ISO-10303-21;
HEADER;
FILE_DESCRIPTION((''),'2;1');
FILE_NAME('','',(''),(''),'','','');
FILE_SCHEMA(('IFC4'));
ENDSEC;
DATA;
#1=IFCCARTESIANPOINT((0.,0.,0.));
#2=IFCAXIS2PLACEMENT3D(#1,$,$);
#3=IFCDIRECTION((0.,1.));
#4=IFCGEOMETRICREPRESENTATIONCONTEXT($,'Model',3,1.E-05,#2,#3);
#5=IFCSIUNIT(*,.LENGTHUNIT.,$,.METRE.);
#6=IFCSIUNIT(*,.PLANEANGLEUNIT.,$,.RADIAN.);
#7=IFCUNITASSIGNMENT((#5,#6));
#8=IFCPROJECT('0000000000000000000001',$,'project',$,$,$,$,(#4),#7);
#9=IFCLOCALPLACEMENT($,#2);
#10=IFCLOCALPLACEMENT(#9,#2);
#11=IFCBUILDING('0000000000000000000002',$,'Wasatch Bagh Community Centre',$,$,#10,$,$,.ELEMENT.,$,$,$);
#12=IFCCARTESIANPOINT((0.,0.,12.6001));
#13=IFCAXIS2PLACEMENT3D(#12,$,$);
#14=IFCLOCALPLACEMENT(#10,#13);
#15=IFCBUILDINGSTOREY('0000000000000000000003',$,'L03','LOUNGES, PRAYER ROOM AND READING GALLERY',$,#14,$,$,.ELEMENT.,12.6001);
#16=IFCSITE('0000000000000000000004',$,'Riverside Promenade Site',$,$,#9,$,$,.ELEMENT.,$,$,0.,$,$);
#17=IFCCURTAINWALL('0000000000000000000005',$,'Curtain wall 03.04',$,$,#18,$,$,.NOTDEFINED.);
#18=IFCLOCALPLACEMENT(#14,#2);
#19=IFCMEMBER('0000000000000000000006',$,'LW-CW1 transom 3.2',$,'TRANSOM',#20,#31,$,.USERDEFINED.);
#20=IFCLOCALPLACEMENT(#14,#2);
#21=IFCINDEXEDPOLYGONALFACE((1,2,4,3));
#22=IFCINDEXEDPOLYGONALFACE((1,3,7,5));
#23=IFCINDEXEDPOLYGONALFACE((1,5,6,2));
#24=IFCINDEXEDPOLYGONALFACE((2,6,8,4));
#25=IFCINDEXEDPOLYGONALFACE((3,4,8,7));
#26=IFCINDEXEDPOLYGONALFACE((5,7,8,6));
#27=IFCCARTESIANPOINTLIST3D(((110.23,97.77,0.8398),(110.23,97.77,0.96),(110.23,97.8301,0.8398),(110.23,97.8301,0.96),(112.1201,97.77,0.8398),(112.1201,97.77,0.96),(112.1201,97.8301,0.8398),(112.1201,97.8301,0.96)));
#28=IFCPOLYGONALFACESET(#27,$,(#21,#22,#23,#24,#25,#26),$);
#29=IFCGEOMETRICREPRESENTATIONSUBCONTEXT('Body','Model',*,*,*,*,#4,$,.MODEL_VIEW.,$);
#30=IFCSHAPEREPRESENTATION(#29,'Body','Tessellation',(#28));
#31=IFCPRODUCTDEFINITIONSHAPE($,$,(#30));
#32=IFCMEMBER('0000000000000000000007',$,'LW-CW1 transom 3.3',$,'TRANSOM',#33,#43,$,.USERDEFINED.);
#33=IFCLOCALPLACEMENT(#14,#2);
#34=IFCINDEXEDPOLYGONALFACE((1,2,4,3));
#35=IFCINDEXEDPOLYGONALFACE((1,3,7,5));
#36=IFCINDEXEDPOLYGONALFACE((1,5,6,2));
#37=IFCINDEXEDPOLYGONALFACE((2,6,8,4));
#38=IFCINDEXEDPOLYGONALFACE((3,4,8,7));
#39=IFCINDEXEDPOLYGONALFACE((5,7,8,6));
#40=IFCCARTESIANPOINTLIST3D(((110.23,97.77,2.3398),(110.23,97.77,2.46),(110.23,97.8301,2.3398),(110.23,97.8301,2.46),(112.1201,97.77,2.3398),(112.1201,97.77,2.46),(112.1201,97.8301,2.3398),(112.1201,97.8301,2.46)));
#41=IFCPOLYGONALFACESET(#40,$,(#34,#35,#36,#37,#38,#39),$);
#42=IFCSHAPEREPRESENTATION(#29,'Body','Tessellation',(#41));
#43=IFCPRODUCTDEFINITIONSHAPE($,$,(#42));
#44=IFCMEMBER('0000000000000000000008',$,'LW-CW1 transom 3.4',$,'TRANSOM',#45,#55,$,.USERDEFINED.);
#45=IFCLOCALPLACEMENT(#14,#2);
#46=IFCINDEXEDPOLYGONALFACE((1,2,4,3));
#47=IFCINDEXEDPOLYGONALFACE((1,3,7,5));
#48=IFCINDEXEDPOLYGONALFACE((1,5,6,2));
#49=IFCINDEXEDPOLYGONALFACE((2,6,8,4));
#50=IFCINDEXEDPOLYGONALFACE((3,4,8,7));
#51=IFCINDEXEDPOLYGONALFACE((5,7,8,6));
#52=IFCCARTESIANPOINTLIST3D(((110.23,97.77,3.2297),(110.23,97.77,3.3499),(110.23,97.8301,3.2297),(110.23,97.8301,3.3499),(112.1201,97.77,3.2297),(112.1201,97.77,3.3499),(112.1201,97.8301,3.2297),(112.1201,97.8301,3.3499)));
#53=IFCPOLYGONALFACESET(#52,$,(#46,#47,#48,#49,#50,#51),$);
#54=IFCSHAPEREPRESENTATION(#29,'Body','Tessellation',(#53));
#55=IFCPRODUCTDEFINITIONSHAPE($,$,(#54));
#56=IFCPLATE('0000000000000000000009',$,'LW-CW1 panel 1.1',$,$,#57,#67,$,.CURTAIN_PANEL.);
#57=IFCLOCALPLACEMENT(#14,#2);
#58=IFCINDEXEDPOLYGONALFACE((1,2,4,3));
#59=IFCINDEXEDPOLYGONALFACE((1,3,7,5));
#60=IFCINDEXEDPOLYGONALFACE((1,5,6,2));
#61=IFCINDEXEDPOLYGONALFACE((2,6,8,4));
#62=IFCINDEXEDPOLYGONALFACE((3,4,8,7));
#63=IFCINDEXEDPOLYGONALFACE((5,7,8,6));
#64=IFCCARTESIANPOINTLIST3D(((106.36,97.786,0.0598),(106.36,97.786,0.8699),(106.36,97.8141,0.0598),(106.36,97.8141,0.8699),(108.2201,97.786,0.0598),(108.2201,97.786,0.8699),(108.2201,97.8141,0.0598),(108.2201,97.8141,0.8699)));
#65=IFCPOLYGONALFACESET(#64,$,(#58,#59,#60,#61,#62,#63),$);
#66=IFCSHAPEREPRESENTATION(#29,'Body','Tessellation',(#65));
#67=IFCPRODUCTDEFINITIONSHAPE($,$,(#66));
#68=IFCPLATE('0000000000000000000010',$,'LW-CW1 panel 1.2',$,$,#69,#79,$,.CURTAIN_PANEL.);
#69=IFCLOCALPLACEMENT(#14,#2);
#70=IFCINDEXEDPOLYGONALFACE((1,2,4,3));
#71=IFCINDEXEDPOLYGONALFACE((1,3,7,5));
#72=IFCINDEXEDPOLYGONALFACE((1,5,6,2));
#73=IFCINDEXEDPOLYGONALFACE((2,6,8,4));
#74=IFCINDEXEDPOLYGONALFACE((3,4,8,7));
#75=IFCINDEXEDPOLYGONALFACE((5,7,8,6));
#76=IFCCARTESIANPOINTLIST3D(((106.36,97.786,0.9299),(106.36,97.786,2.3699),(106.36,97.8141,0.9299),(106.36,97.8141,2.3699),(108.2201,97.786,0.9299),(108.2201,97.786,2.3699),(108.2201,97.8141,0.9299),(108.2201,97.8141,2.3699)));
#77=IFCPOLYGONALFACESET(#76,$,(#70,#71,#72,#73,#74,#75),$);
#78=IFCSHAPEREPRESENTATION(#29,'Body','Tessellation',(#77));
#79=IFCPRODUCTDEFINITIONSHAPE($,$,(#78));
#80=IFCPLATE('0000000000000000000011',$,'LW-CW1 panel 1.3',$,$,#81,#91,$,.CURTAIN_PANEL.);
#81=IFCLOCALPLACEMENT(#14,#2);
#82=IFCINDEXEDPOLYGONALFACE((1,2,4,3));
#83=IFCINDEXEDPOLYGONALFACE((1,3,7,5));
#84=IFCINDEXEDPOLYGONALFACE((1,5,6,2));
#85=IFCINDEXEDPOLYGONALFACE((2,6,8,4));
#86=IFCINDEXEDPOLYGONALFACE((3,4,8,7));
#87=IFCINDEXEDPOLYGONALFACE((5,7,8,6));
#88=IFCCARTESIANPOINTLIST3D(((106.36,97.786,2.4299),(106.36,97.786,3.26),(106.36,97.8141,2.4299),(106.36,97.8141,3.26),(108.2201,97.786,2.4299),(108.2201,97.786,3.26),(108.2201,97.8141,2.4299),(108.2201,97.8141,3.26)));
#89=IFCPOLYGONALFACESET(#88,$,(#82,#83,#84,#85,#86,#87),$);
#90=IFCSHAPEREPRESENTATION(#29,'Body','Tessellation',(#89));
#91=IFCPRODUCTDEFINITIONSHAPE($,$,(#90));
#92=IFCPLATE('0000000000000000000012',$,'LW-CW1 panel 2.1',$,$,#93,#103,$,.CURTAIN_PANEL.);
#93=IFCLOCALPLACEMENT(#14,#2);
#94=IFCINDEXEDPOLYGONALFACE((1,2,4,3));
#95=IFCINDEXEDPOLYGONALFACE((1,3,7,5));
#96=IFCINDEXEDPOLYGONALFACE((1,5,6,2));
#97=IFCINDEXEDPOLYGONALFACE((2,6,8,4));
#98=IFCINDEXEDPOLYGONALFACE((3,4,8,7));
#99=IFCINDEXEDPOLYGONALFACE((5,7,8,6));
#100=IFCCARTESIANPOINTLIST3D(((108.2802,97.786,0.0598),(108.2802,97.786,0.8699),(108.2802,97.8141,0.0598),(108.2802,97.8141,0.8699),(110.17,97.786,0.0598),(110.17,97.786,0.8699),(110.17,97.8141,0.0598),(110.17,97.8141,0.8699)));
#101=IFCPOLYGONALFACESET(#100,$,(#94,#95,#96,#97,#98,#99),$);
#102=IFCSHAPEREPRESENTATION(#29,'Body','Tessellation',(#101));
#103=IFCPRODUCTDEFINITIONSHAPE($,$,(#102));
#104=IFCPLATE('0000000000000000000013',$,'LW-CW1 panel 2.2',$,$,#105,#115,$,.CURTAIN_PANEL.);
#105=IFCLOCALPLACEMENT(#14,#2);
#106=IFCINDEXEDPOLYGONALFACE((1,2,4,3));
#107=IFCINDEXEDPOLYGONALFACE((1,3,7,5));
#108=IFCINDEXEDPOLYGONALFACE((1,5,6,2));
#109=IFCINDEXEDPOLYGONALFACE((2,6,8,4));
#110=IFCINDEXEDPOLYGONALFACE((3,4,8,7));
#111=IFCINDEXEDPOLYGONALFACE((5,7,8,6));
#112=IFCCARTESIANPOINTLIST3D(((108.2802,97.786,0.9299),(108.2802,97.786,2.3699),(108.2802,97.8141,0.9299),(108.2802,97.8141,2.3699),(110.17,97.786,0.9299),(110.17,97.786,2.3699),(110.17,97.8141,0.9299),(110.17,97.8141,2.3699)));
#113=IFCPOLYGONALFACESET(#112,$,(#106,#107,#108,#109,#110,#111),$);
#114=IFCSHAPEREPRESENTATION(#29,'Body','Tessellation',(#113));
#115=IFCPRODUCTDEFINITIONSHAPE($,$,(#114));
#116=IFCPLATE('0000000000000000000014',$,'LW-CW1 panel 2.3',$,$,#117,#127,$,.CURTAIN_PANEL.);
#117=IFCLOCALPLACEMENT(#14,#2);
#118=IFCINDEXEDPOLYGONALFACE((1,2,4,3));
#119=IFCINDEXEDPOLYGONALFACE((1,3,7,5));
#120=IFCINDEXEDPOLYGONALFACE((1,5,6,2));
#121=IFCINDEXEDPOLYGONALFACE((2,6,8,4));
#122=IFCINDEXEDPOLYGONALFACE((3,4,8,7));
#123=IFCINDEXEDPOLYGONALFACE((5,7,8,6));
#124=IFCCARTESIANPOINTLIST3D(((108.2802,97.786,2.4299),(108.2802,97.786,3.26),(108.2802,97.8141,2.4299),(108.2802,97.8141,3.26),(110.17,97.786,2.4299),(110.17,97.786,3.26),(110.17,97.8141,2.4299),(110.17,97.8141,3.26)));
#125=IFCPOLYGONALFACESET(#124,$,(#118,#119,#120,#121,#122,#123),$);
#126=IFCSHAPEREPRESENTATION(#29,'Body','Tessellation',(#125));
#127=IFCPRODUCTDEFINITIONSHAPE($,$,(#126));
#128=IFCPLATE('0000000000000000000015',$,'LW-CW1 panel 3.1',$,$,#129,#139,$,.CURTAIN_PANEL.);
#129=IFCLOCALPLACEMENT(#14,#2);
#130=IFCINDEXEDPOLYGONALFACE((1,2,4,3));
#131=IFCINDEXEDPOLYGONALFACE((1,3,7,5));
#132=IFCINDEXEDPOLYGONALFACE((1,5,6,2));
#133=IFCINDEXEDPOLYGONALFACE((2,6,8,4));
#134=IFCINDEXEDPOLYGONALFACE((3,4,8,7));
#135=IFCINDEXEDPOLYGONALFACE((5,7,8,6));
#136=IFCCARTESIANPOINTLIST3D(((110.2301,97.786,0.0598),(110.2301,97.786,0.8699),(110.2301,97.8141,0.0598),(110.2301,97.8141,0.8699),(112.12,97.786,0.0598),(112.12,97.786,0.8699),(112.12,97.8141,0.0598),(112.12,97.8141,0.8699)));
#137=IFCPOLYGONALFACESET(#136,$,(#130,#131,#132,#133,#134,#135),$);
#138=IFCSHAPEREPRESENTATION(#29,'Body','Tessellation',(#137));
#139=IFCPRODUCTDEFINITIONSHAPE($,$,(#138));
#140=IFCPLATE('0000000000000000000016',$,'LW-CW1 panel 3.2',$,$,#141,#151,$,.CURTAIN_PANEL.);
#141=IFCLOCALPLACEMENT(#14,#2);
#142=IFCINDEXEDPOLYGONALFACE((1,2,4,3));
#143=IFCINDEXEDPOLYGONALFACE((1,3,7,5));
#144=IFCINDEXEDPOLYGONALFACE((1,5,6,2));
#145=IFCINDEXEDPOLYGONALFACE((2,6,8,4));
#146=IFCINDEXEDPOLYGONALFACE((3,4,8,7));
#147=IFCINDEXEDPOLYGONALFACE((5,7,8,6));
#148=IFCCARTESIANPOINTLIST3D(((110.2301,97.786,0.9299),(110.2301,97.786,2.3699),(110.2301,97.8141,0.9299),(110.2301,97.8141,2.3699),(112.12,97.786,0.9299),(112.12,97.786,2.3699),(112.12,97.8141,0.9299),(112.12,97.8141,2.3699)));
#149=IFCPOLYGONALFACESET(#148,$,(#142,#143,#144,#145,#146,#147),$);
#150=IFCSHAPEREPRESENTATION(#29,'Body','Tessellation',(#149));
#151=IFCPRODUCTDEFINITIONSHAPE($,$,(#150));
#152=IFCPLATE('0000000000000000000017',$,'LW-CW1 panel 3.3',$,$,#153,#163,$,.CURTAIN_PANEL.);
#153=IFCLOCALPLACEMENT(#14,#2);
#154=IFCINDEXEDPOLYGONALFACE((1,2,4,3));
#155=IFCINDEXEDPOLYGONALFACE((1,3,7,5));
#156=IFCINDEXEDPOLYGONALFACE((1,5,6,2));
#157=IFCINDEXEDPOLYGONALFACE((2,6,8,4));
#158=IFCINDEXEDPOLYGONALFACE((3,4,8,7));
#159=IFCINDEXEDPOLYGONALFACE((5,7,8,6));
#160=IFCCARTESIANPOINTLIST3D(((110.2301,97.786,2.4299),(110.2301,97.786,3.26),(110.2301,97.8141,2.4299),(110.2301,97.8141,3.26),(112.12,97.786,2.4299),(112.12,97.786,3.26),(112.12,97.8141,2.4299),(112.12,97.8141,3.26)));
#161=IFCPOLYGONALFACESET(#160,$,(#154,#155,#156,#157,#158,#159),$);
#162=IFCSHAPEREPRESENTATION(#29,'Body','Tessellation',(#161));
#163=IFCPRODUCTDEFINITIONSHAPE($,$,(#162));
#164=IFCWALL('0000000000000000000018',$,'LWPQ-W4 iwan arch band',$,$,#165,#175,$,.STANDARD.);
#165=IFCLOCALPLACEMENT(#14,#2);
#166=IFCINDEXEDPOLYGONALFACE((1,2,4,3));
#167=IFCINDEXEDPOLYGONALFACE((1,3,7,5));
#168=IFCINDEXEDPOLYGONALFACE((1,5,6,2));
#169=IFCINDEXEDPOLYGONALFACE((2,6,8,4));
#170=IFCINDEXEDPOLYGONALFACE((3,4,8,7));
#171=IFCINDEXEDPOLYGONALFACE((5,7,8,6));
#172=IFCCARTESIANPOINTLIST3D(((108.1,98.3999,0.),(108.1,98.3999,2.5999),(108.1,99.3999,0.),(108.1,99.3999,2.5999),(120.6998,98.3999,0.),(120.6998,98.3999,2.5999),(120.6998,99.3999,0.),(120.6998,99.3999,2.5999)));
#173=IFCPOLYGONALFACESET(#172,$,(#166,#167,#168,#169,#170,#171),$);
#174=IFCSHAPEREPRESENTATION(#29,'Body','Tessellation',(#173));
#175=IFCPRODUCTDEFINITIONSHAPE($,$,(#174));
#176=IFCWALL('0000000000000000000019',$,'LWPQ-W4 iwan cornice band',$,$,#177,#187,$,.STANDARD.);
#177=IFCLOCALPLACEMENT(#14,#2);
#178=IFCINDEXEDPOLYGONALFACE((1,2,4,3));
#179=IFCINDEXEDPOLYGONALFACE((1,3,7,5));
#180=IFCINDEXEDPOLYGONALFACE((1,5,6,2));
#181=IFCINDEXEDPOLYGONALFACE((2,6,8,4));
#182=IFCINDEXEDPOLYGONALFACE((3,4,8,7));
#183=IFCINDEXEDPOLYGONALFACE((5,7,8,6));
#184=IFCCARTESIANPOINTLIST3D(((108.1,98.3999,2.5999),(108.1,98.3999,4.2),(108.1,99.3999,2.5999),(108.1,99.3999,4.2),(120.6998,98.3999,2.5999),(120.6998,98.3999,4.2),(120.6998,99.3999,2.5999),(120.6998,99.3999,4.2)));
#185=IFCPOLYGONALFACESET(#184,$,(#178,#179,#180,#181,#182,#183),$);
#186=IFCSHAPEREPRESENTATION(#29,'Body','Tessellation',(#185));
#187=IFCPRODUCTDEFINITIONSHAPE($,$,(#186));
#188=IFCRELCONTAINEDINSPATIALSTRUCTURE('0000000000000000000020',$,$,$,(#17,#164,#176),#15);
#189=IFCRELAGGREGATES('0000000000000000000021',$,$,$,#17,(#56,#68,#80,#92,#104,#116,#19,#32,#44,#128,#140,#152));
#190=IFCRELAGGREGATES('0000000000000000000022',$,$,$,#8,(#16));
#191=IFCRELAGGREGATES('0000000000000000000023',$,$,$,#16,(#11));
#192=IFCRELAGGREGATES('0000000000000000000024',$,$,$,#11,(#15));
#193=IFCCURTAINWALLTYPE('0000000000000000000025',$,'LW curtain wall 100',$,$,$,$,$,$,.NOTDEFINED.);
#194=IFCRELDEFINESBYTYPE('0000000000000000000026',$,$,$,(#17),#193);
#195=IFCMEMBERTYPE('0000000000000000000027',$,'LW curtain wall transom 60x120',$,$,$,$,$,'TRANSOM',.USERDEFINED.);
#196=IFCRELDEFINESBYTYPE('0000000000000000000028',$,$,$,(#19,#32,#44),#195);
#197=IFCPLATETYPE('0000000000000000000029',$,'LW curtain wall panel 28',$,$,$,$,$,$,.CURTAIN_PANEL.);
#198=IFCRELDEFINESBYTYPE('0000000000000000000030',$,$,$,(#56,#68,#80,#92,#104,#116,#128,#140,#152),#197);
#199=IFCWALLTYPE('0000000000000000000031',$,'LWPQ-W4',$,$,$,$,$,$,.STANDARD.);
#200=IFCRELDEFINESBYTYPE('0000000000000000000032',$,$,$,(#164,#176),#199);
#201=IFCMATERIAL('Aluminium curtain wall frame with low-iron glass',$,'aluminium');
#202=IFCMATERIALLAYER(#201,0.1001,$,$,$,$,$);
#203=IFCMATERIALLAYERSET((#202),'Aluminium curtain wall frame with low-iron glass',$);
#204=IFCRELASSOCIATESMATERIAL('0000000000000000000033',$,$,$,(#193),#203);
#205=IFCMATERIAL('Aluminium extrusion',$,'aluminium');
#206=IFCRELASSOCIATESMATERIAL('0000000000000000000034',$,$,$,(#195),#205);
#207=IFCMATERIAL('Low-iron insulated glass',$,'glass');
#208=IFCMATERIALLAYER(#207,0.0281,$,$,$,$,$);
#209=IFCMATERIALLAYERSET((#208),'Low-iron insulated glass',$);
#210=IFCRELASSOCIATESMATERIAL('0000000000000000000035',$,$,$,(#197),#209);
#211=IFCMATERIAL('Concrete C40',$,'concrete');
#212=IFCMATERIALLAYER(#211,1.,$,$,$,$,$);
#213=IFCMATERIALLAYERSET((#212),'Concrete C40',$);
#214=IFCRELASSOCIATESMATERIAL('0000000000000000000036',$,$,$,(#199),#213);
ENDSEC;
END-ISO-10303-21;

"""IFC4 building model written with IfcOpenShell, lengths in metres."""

from ifc_helpers import new_model, si_unit, direction, frame, frame_2d, origin, origin_2d, place, context, subcontext, project, spatial, rectangle, extrude, material, layer, layer_set, material_profile, profile_set, type_object, element, aggregate, save


model = new_model("IFC4")

# Units and contexts
model_context = context("Model", 3, precision=1e-05, world=origin(), true_north=direction((0.0, 1.0)))
body_context = subcontext(model_context, "Body", "Model", "MODEL_VIEW")
ifc_project = project(units=[si_unit("LENGTHUNIT", "METRE"), si_unit("PLANEANGLEUNIT", "RADIAN")], contexts=[model_context])

# Site, building, storey
site_placement = place(None, origin())
site = spatial("IfcSite", under=ifc_project, at=site_placement, Name="Riverside Promenade Site", CompositionType="ELEMENT", RefElevation=0.0)
building_placement = place(site_placement, origin())
building = spatial("IfcBuilding", under=site, at=building_placement, Name="Wasatch Bagh Community Centre", CompositionType="ELEMENT")
storey_placement = place(building_placement, frame((0.0, 0.0, 12.6001)))
storey = spatial("IfcBuildingStorey", under=building, at=storey_placement, Name="L03", Description="LOUNGES, PRAYER ROOM AND READING GALLERY", CompositionType="ELEMENT", Elevation=12.6001)

# Shared definitions
ifc_material_1 = material(Name="Concrete C40", Category="concrete")

# Curtain wall, members, plates
ifc_material_2 = material(Name="Aluminium curtain wall frame with low-iron glass", Category="aluminium")
ifc_layer_1 = layer(ifc_material_2, 0.1001)
ifc_layer_set_1 = layer_set([ifc_layer_1], Name="Aluminium curtain wall frame with low-iron glass")
curtain_wall_type = type_object("IfcCurtainWallType", Name="LW curtain wall 100", PredefinedType="NOTDEFINED", material=ifc_layer_set_1)
curtain_wall_placement = place(storey_placement, origin())
curtain_wall = element("IfcCurtainWall", 1, at=curtain_wall_placement, inside=storey, type_object=curtain_wall_type, Name="Curtain wall 03.04", PredefinedType="NOTDEFINED")
ifc_material_3 = material(Name="Aluminium extrusion", Category="aluminium")
ifc_material_profile_1 = material_profile(ifc_material_3, rectangle(XDim=0.0601, YDim=0.1201, at=origin_2d()), Name="AL 60x120")
ifc_profile_set_1 = profile_set([ifc_material_profile_1], Name="Aluminium extrusion")
member_type_1 = type_object("IfcMemberType", Name="LW curtain wall transom 60x120", ElementType="TRANSOM", PredefinedType="USERDEFINED", material=ifc_profile_set_1)
member_1_placement = place(storey_placement, frame((110.23, 97.8, 0.8999), z_axis=(1.0, 0.0, 0.0), x_axis=(0.0, 1.0, 0.0)))
member_1 = element("IfcMember", 2, at=member_1_placement, type_object=member_type_1, Name="LW-CW1 transom 3.2", ObjectType="TRANSOM", PredefinedType="USERDEFINED", context=body_context, shape_type="SweptSolid", body=[
    extrude(rectangle(XDim=0.0601, YDim=0.1201, at=origin_2d()), origin(), (0.0, 0.0, 1.0), 1.8901),
])
member_2_placement = place(storey_placement, frame((110.23, 97.8, 2.3999), z_axis=(1.0, 0.0, 0.0), x_axis=(0.0, 1.0, 0.0)))
member_2 = element("IfcMember", 3, at=member_2_placement, type_object=member_type_1, Name="LW-CW1 transom 3.3", ObjectType="TRANSOM", PredefinedType="USERDEFINED", context=body_context, shape_type="SweptSolid", body=[
    extrude(rectangle(XDim=0.0601, YDim=0.1201, at=origin_2d()), origin(), (0.0, 0.0, 1.0), 1.8901),
])
member_3_placement = place(storey_placement, frame((110.23, 97.8, 3.2898), z_axis=(1.0, 0.0, 0.0), x_axis=(0.0, 1.0, 0.0)))
member_3 = element("IfcMember", 4, at=member_3_placement, type_object=member_type_1, Name="LW-CW1 transom 3.4", ObjectType="TRANSOM", PredefinedType="USERDEFINED", context=body_context, shape_type="SweptSolid", body=[
    extrude(rectangle(XDim=0.0601, YDim=0.1201, at=origin_2d()), origin(), (0.0, 0.0, 1.0), 1.8901),
])
ifc_material_4 = material(Name="Low-iron insulated glass", Category="glass")
ifc_layer_2 = layer(ifc_material_4, 0.0281)
ifc_layer_set_2 = layer_set([ifc_layer_2], Name="Low-iron insulated glass")
plate_type = type_object("IfcPlateType", Name="LW curtain wall panel 28", PredefinedType="CURTAIN_PANEL", material=ifc_layer_set_2)
plate_1_placement = place(storey_placement, frame((107.29, 97.8, 0.0598), z_axis=(0.0, 0.0, 1.0), x_axis=(1.0, 0.0, 0.0)))
plate_1 = element("IfcPlate", 5, at=plate_1_placement, type_object=plate_type, Name="LW-CW1 panel 1.1", PredefinedType="CURTAIN_PANEL", context=body_context, shape_type="SweptSolid", body=[
    extrude(rectangle(XDim=1.8601, YDim=0.0281, at=origin_2d()), origin(), (0.0, 0.0, 1.0), 0.8101),
])
plate_2_placement = place(storey_placement, frame((107.29, 97.8, 0.9299), z_axis=(0.0, 0.0, 1.0), x_axis=(1.0, 0.0, 0.0)))
plate_2 = element("IfcPlate", 6, at=plate_2_placement, type_object=plate_type, Name="LW-CW1 panel 1.2", PredefinedType="CURTAIN_PANEL", context=body_context, shape_type="SweptSolid", body=[
    extrude(rectangle(XDim=1.8601, YDim=0.0281, at=origin_2d()), origin(), (0.0, 0.0, 1.0), 1.4399),
])
plate_3_placement = place(storey_placement, frame((107.29, 97.8, 2.4299), z_axis=(0.0, 0.0, 1.0), x_axis=(1.0, 0.0, 0.0)))
plate_3 = element("IfcPlate", 7, at=plate_3_placement, type_object=plate_type, Name="LW-CW1 panel 1.3", PredefinedType="CURTAIN_PANEL", context=body_context, shape_type="SweptSolid", body=[
    extrude(rectangle(XDim=1.8601, YDim=0.0281, at=origin_2d()), origin(), (0.0, 0.0, 1.0), 0.8301),
])
plate_4_placement = place(storey_placement, frame((109.2251, 97.8, 0.0598), z_axis=(0.0, 0.0, 1.0), x_axis=(1.0, 0.0, 0.0)))
plate_4 = element("IfcPlate", 8, at=plate_4_placement, type_object=plate_type, Name="LW-CW1 panel 2.1", PredefinedType="CURTAIN_PANEL", context=body_context, shape_type="SweptSolid", body=[
    extrude(rectangle(XDim=1.8899, YDim=0.0281, at=origin_2d()), origin(), (0.0, 0.0, 1.0), 0.8101),
])
plate_5_placement = place(storey_placement, frame((109.2251, 97.8, 0.9299), z_axis=(0.0, 0.0, 1.0), x_axis=(1.0, 0.0, 0.0)))
plate_5 = element("IfcPlate", 9, at=plate_5_placement, type_object=plate_type, Name="LW-CW1 panel 2.2", PredefinedType="CURTAIN_PANEL", context=body_context, shape_type="SweptSolid", body=[
    extrude(rectangle(XDim=1.8899, YDim=0.0281, at=origin_2d()), origin(), (0.0, 0.0, 1.0), 1.4399),
])
plate_6_placement = place(storey_placement, frame((109.2251, 97.8, 2.4299), z_axis=(0.0, 0.0, 1.0), x_axis=(1.0, 0.0, 0.0)))
plate_6 = element("IfcPlate", 10, at=plate_6_placement, type_object=plate_type, Name="LW-CW1 panel 2.3", PredefinedType="CURTAIN_PANEL", context=body_context, shape_type="SweptSolid", body=[
    extrude(rectangle(XDim=1.8899, YDim=0.0281, at=origin_2d()), origin(), (0.0, 0.0, 1.0), 0.8301),
])
plate_7_placement = place(storey_placement, frame((111.175, 97.8, 0.0598), z_axis=(0.0, 0.0, 1.0), x_axis=(1.0, 0.0, 0.0)))
plate_7 = element("IfcPlate", 11, at=plate_7_placement, type_object=plate_type, Name="LW-CW1 panel 3.1", PredefinedType="CURTAIN_PANEL", context=body_context, shape_type="SweptSolid", body=[
    extrude(rectangle(XDim=1.8899, YDim=0.0281, at=origin_2d()), origin(), (0.0, 0.0, 1.0), 0.8101),
])
plate_8_placement = place(storey_placement, frame((111.175, 97.8, 0.9299), z_axis=(0.0, 0.0, 1.0), x_axis=(1.0, 0.0, 0.0)))
plate_8 = element("IfcPlate", 12, at=plate_8_placement, type_object=plate_type, Name="LW-CW1 panel 3.2", PredefinedType="CURTAIN_PANEL", context=body_context, shape_type="SweptSolid", body=[
    extrude(rectangle(XDim=1.8899, YDim=0.0281, at=origin_2d()), origin(), (0.0, 0.0, 1.0), 1.4399),
])
plate_9_placement = place(storey_placement, frame((111.175, 97.8, 2.4299), z_axis=(0.0, 0.0, 1.0), x_axis=(1.0, 0.0, 0.0)))
plate_9 = element("IfcPlate", 13, at=plate_9_placement, type_object=plate_type, Name="LW-CW1 panel 3.3", PredefinedType="CURTAIN_PANEL", context=body_context, shape_type="SweptSolid", body=[
    extrude(rectangle(XDim=1.8899, YDim=0.0281, at=origin_2d()), origin(), (0.0, 0.0, 1.0), 0.8301),
])
aggregate(curtain_wall, [plate_1, plate_2, plate_3, plate_4, plate_5, plate_6, member_1, member_2, member_3, plate_7, plate_8, plate_9])

# Walls
ifc_layer_3 = layer(ifc_material_1, 1.0)
ifc_layer_set_3 = layer_set([ifc_layer_3], Name="Concrete C40")
wall_type = type_object("IfcWallType", Name="LWPQ-W4", PredefinedType="STANDARD", material=ifc_layer_set_3)
wall_1_placement = place(storey_placement, frame((108.1001, 98.8999, 0.0), z_axis=(0.0, 0.0, 1.0), x_axis=(1.0, 0.0, 0.0)))
element("IfcWall", 14, at=wall_1_placement, inside=storey, type_object=wall_type, Name="LWPQ-W4 iwan arch band", PredefinedType="STANDARD", context=body_context, shape_type="SweptSolid", body=[
    extrude(rectangle(XDim=12.5999, YDim=1.0, at=frame_2d((6.2998, 0.0))), origin(), (0.0, 0.0, 1.0), 2.5999),
])
wall_2_placement = place(storey_placement, frame((108.1001, 98.8999, 2.5999), z_axis=(0.0, 0.0, 1.0), x_axis=(1.0, 0.0, 0.0)))
element("IfcWall", 15, at=wall_2_placement, inside=storey, type_object=wall_type, Name="LWPQ-W4 iwan cornice band", PredefinedType="STANDARD", context=body_context, shape_type="SweptSolid", body=[
    extrude(rectangle(XDim=12.5999, YDim=1.0, at=frame_2d((6.2998, 0.0))), origin(), (0.0, 0.0, 1.0), 1.6001),
])

save(model, "model.ifc")
